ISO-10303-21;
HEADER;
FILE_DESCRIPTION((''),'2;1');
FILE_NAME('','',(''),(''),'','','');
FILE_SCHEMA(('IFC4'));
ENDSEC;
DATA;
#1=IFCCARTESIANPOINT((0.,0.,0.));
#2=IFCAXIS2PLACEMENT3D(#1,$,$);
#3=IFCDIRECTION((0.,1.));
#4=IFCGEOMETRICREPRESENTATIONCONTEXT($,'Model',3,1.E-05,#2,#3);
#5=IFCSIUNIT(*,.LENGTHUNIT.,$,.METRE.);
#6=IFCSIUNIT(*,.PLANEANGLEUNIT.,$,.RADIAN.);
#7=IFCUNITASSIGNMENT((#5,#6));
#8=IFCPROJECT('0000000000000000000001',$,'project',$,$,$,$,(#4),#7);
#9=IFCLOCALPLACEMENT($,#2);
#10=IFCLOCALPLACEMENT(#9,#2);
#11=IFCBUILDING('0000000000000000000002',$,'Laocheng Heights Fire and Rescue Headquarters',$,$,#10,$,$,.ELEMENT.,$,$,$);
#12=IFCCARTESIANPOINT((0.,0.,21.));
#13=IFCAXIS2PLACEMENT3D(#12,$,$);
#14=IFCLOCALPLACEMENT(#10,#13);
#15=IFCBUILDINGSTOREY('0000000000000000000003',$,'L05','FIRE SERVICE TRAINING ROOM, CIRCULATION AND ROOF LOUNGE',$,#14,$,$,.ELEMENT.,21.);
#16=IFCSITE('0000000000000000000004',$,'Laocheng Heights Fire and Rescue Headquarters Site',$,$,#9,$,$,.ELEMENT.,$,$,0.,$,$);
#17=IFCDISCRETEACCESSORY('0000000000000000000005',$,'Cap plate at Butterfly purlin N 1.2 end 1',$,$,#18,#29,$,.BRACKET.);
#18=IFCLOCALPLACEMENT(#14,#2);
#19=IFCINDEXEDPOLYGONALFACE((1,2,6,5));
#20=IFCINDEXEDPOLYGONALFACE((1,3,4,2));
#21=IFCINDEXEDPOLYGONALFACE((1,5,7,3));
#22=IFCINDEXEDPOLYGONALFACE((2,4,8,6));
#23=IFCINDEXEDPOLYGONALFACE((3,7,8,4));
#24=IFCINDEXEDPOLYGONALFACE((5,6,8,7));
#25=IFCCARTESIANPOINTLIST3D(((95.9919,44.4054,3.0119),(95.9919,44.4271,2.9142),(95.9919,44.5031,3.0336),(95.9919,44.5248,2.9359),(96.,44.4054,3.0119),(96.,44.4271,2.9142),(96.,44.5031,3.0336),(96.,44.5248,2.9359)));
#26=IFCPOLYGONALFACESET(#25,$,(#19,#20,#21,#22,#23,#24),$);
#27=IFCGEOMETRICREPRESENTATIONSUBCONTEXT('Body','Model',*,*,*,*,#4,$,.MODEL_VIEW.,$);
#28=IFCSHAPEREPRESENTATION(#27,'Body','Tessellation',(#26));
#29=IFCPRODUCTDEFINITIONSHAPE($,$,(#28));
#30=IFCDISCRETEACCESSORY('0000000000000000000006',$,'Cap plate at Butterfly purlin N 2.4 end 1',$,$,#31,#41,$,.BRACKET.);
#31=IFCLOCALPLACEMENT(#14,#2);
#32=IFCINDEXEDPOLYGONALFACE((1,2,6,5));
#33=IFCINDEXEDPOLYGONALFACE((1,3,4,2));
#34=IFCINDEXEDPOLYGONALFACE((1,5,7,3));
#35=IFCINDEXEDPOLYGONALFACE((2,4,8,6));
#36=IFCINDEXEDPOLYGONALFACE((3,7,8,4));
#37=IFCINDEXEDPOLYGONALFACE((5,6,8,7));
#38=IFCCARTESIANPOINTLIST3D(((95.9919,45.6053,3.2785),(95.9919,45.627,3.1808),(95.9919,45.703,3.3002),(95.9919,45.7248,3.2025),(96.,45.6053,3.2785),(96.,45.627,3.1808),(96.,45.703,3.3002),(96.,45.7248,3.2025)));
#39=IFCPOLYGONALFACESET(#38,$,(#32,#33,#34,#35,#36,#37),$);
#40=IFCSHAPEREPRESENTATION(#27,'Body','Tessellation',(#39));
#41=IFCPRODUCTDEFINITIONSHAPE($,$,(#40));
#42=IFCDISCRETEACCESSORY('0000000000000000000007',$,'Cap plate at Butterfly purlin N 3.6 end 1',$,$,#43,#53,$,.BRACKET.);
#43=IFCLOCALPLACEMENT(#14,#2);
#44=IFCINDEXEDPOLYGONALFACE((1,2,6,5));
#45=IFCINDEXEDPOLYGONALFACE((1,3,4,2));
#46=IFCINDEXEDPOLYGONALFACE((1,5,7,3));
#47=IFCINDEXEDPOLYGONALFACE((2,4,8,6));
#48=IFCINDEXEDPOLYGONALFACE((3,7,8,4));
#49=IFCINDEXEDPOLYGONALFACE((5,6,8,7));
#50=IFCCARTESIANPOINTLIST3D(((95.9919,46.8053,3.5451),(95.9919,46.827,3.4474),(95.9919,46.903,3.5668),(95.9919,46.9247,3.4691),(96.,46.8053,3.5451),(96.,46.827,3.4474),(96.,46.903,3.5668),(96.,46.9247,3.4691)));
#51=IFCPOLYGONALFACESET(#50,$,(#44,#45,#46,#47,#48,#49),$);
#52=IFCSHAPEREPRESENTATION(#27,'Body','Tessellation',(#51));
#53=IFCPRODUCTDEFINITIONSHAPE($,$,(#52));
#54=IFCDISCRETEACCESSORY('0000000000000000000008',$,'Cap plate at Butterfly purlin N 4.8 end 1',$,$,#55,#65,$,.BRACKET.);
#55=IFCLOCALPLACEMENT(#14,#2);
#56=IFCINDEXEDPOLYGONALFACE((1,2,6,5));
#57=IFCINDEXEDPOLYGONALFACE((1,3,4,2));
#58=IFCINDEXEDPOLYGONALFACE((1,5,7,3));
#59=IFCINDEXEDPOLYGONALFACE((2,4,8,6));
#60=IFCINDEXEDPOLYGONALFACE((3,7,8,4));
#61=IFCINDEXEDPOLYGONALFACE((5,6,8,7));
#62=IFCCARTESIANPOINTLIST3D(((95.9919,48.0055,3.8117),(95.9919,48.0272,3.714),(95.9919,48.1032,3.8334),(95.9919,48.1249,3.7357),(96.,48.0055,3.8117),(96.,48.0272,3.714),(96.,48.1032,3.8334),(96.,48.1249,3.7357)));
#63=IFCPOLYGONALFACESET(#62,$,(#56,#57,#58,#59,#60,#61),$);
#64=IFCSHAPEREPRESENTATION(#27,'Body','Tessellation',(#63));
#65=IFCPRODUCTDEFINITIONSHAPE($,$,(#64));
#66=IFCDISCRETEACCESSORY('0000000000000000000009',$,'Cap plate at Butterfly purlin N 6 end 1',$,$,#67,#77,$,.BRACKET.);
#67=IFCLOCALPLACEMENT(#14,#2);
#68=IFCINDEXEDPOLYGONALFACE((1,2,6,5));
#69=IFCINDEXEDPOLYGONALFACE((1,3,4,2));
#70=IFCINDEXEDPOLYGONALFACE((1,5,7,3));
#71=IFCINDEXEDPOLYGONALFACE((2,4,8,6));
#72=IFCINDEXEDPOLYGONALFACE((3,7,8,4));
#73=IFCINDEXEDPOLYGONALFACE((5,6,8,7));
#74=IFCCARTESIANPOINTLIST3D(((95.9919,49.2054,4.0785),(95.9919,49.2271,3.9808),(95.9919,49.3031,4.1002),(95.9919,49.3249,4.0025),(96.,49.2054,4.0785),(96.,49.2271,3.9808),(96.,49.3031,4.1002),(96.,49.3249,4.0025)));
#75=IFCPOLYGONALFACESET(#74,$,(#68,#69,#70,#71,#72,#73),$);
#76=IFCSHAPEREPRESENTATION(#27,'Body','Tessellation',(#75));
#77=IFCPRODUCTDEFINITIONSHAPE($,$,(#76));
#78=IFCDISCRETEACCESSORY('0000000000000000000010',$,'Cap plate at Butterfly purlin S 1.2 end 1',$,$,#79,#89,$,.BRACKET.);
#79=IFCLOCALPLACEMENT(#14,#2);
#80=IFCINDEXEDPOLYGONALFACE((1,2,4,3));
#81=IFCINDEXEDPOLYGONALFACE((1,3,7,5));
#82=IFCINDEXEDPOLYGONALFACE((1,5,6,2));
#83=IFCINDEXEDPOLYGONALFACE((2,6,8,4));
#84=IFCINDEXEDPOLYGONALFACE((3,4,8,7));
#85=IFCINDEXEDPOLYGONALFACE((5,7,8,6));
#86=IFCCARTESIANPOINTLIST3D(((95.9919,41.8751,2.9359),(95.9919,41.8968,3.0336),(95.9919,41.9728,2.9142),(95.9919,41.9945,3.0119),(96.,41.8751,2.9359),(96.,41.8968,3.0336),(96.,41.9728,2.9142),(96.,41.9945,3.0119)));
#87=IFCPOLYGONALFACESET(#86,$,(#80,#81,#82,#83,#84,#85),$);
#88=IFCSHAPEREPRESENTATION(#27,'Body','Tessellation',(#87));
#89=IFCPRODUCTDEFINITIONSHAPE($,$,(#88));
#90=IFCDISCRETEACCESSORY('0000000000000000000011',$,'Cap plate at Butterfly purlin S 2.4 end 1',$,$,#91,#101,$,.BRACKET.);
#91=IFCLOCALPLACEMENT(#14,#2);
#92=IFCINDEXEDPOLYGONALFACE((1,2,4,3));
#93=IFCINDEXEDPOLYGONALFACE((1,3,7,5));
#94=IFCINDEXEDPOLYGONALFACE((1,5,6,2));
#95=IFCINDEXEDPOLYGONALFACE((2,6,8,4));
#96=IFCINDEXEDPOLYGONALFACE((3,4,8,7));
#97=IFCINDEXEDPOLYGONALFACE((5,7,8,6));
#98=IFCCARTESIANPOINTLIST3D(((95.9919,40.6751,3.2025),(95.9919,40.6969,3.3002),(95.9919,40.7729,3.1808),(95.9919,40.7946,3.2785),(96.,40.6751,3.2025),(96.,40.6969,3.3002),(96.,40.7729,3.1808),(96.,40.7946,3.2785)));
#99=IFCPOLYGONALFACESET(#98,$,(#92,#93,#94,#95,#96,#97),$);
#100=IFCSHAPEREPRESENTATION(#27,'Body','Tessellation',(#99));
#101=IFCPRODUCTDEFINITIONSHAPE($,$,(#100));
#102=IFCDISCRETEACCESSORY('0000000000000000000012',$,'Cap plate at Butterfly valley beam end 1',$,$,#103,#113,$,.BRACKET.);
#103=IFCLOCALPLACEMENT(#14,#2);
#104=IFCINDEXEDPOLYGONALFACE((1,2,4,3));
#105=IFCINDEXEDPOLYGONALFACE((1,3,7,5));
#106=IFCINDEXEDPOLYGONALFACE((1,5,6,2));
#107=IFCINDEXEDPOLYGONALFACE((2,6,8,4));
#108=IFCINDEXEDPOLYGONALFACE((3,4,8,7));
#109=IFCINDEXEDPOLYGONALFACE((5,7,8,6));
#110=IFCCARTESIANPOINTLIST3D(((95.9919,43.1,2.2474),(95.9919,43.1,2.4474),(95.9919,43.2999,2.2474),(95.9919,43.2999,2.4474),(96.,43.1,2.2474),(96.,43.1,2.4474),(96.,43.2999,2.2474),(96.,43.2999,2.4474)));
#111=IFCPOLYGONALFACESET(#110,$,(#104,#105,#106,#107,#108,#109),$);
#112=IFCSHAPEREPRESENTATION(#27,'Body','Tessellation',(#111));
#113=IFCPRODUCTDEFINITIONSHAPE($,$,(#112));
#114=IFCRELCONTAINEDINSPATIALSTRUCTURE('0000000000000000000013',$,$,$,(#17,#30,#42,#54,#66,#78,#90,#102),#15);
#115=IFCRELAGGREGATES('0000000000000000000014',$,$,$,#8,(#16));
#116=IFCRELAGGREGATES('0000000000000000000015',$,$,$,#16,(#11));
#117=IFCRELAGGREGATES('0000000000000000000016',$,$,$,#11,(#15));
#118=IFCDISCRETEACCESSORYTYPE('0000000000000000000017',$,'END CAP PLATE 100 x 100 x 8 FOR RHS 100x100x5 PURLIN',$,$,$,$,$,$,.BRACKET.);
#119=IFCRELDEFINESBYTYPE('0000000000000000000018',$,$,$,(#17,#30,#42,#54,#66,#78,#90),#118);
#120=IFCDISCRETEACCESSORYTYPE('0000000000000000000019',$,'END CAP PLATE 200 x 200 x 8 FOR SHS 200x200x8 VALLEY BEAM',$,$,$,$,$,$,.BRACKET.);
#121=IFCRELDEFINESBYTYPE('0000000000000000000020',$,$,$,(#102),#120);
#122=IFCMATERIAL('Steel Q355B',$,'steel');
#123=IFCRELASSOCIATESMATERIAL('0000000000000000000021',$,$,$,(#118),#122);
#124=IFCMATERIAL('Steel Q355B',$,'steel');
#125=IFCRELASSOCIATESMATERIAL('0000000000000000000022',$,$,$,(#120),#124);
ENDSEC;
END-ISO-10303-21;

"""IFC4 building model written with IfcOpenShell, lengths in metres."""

from ifc_helpers import new_model, si_unit, direction, frame, origin, origin_2d, place, context, subcontext, project, spatial, rectangle, extrude, material, material_profile, profile_set, type_object, element, save


model = new_model("IFC4")

# Units and contexts
model_context = context("Model", 3, precision=1e-05, world=origin(), true_north=direction((0.0, 1.0)))
body_context = subcontext(model_context, "Body", "Model", "MODEL_VIEW")
ifc_project = project(units=[si_unit("LENGTHUNIT", "METRE"), si_unit("PLANEANGLEUNIT", "RADIAN")], contexts=[model_context])

# Site, building, storey
site_placement = place(None, origin())
site = spatial("IfcSite", under=ifc_project, at=site_placement, Name="Laocheng Heights Fire and Rescue Headquarters Site", CompositionType="ELEMENT", RefElevation=0.0)
building_placement = place(site_placement, origin())
building = spatial("IfcBuilding", under=site, at=building_placement, Name="Laocheng Heights Fire and Rescue Headquarters", CompositionType="ELEMENT")
storey_placement = place(building_placement, frame((0.0, 0.0, 21.0)))
storey = spatial("IfcBuildingStorey", under=building, at=storey_placement, Name="L05", Description="FIRE SERVICE TRAINING ROOM, CIRCULATION AND ROOF LOUNGE", CompositionType="ELEMENT", Elevation=21.0)

# Discrete accessories
ifc_material_1 = material(Name="Steel Q355B", Category="steel")
ifc_material_profile_1 = material_profile(ifc_material_1, rectangle(XDim=0.1001, YDim=0.1001, at=origin_2d()), Name="END CAP PLATE 100 x 100 x 8 FOR RHS 100x100x5 PURLIN")
ifc_profile_set_1 = profile_set([ifc_material_profile_1], Name="Steel Q355B")
discrete_accessory_type_1 = type_object("IfcDiscreteAccessoryType", Name="END CAP PLATE 100 x 100 x 8 FOR RHS 100x100x5 PURLIN", PredefinedType="BRACKET", material=ifc_profile_set_1)
for number, where, z_axis, x_axis, name in (
    (1, (95.9919, 44.4651, 2.9739), (1.0, 0.0, 0.0), (0.0, 0.976187, 0.21693), "Cap plate at Butterfly purlin N 1.2 end 1"),
    (2, (95.9919, 45.665, 3.2405), (1.0, 0.0, 0.0), (0.0, 0.976187, 0.21693), "Cap plate at Butterfly purlin N 2.4 end 1"),
    (3, (95.9919, 46.865, 3.5071), (1.0, 0.0, 0.0), (0.0, 0.976187, 0.21693), "Cap plate at Butterfly purlin N 3.6 end 1"),
    (4, (95.9919, 48.0652, 3.7737), (1.0, 0.0, 0.0), (0.0, 0.976187, 0.21693), "Cap plate at Butterfly purlin N 4.8 end 1"),
    (5, (95.9919, 49.2651, 4.0405), (1.0, 0.0, 0.0), (0.0, 0.976187, 0.21693), "Cap plate at Butterfly purlin N 6 end 1"),
    (6, (95.9919, 41.9348, 2.9739), (1.0, 0.0, 0.0), (0.0, 0.976187, -0.21693), "Cap plate at Butterfly purlin S 1.2 end 1"),
    (7, (95.9919, 40.7349, 3.2405), (1.0, 0.0, 0.0), (0.0, 0.976187, -0.21693), "Cap plate at Butterfly purlin S 2.4 end 1"),
):
    element("IfcDiscreteAccessory", number, at=place(storey_placement, frame(where, z_axis=z_axis, x_axis=x_axis)), inside=storey, type_object=discrete_accessory_type_1, Name=name, PredefinedType="BRACKET", context=body_context, shape_type="SweptSolid", body=[
        extrude(rectangle(XDim=0.1001, YDim=0.1001, at=origin_2d()), origin(), (0.0, 0.0, 1.0), 0.0081),
    ])
ifc_material_2 = material(Name="Steel Q355B", Category="steel")
ifc_material_profile_2 = material_profile(ifc_material_2, rectangle(XDim=0.2, YDim=0.2, at=origin_2d()), Name="END CAP PLATE 200 x 200 x 8 FOR SHS 200x200x8 VALLEY BEAM")
ifc_profile_set_2 = profile_set([ifc_material_profile_2], Name="Steel Q355B")
discrete_accessory_type_2 = type_object("IfcDiscreteAccessoryType", Name="END CAP PLATE 200 x 200 x 8 FOR SHS 200x200x8 VALLEY BEAM", PredefinedType="BRACKET", material=ifc_profile_set_2)
discrete_accessory_placement = place(storey_placement, frame((95.9919, 43.2, 2.3474), z_axis=(1.0, 0.0, 0.0), x_axis=(0.0, 1.0, 0.0)))
element("IfcDiscreteAccessory", 8, at=discrete_accessory_placement, inside=storey, type_object=discrete_accessory_type_2, Name="Cap plate at Butterfly valley beam end 1", PredefinedType="BRACKET", context=body_context, shape_type="SweptSolid", body=[
    extrude(rectangle(XDim=0.2, YDim=0.2, at=origin_2d()), origin(), (0.0, 0.0, 1.0), 0.0081),
])

save(model, "model.ifc")
